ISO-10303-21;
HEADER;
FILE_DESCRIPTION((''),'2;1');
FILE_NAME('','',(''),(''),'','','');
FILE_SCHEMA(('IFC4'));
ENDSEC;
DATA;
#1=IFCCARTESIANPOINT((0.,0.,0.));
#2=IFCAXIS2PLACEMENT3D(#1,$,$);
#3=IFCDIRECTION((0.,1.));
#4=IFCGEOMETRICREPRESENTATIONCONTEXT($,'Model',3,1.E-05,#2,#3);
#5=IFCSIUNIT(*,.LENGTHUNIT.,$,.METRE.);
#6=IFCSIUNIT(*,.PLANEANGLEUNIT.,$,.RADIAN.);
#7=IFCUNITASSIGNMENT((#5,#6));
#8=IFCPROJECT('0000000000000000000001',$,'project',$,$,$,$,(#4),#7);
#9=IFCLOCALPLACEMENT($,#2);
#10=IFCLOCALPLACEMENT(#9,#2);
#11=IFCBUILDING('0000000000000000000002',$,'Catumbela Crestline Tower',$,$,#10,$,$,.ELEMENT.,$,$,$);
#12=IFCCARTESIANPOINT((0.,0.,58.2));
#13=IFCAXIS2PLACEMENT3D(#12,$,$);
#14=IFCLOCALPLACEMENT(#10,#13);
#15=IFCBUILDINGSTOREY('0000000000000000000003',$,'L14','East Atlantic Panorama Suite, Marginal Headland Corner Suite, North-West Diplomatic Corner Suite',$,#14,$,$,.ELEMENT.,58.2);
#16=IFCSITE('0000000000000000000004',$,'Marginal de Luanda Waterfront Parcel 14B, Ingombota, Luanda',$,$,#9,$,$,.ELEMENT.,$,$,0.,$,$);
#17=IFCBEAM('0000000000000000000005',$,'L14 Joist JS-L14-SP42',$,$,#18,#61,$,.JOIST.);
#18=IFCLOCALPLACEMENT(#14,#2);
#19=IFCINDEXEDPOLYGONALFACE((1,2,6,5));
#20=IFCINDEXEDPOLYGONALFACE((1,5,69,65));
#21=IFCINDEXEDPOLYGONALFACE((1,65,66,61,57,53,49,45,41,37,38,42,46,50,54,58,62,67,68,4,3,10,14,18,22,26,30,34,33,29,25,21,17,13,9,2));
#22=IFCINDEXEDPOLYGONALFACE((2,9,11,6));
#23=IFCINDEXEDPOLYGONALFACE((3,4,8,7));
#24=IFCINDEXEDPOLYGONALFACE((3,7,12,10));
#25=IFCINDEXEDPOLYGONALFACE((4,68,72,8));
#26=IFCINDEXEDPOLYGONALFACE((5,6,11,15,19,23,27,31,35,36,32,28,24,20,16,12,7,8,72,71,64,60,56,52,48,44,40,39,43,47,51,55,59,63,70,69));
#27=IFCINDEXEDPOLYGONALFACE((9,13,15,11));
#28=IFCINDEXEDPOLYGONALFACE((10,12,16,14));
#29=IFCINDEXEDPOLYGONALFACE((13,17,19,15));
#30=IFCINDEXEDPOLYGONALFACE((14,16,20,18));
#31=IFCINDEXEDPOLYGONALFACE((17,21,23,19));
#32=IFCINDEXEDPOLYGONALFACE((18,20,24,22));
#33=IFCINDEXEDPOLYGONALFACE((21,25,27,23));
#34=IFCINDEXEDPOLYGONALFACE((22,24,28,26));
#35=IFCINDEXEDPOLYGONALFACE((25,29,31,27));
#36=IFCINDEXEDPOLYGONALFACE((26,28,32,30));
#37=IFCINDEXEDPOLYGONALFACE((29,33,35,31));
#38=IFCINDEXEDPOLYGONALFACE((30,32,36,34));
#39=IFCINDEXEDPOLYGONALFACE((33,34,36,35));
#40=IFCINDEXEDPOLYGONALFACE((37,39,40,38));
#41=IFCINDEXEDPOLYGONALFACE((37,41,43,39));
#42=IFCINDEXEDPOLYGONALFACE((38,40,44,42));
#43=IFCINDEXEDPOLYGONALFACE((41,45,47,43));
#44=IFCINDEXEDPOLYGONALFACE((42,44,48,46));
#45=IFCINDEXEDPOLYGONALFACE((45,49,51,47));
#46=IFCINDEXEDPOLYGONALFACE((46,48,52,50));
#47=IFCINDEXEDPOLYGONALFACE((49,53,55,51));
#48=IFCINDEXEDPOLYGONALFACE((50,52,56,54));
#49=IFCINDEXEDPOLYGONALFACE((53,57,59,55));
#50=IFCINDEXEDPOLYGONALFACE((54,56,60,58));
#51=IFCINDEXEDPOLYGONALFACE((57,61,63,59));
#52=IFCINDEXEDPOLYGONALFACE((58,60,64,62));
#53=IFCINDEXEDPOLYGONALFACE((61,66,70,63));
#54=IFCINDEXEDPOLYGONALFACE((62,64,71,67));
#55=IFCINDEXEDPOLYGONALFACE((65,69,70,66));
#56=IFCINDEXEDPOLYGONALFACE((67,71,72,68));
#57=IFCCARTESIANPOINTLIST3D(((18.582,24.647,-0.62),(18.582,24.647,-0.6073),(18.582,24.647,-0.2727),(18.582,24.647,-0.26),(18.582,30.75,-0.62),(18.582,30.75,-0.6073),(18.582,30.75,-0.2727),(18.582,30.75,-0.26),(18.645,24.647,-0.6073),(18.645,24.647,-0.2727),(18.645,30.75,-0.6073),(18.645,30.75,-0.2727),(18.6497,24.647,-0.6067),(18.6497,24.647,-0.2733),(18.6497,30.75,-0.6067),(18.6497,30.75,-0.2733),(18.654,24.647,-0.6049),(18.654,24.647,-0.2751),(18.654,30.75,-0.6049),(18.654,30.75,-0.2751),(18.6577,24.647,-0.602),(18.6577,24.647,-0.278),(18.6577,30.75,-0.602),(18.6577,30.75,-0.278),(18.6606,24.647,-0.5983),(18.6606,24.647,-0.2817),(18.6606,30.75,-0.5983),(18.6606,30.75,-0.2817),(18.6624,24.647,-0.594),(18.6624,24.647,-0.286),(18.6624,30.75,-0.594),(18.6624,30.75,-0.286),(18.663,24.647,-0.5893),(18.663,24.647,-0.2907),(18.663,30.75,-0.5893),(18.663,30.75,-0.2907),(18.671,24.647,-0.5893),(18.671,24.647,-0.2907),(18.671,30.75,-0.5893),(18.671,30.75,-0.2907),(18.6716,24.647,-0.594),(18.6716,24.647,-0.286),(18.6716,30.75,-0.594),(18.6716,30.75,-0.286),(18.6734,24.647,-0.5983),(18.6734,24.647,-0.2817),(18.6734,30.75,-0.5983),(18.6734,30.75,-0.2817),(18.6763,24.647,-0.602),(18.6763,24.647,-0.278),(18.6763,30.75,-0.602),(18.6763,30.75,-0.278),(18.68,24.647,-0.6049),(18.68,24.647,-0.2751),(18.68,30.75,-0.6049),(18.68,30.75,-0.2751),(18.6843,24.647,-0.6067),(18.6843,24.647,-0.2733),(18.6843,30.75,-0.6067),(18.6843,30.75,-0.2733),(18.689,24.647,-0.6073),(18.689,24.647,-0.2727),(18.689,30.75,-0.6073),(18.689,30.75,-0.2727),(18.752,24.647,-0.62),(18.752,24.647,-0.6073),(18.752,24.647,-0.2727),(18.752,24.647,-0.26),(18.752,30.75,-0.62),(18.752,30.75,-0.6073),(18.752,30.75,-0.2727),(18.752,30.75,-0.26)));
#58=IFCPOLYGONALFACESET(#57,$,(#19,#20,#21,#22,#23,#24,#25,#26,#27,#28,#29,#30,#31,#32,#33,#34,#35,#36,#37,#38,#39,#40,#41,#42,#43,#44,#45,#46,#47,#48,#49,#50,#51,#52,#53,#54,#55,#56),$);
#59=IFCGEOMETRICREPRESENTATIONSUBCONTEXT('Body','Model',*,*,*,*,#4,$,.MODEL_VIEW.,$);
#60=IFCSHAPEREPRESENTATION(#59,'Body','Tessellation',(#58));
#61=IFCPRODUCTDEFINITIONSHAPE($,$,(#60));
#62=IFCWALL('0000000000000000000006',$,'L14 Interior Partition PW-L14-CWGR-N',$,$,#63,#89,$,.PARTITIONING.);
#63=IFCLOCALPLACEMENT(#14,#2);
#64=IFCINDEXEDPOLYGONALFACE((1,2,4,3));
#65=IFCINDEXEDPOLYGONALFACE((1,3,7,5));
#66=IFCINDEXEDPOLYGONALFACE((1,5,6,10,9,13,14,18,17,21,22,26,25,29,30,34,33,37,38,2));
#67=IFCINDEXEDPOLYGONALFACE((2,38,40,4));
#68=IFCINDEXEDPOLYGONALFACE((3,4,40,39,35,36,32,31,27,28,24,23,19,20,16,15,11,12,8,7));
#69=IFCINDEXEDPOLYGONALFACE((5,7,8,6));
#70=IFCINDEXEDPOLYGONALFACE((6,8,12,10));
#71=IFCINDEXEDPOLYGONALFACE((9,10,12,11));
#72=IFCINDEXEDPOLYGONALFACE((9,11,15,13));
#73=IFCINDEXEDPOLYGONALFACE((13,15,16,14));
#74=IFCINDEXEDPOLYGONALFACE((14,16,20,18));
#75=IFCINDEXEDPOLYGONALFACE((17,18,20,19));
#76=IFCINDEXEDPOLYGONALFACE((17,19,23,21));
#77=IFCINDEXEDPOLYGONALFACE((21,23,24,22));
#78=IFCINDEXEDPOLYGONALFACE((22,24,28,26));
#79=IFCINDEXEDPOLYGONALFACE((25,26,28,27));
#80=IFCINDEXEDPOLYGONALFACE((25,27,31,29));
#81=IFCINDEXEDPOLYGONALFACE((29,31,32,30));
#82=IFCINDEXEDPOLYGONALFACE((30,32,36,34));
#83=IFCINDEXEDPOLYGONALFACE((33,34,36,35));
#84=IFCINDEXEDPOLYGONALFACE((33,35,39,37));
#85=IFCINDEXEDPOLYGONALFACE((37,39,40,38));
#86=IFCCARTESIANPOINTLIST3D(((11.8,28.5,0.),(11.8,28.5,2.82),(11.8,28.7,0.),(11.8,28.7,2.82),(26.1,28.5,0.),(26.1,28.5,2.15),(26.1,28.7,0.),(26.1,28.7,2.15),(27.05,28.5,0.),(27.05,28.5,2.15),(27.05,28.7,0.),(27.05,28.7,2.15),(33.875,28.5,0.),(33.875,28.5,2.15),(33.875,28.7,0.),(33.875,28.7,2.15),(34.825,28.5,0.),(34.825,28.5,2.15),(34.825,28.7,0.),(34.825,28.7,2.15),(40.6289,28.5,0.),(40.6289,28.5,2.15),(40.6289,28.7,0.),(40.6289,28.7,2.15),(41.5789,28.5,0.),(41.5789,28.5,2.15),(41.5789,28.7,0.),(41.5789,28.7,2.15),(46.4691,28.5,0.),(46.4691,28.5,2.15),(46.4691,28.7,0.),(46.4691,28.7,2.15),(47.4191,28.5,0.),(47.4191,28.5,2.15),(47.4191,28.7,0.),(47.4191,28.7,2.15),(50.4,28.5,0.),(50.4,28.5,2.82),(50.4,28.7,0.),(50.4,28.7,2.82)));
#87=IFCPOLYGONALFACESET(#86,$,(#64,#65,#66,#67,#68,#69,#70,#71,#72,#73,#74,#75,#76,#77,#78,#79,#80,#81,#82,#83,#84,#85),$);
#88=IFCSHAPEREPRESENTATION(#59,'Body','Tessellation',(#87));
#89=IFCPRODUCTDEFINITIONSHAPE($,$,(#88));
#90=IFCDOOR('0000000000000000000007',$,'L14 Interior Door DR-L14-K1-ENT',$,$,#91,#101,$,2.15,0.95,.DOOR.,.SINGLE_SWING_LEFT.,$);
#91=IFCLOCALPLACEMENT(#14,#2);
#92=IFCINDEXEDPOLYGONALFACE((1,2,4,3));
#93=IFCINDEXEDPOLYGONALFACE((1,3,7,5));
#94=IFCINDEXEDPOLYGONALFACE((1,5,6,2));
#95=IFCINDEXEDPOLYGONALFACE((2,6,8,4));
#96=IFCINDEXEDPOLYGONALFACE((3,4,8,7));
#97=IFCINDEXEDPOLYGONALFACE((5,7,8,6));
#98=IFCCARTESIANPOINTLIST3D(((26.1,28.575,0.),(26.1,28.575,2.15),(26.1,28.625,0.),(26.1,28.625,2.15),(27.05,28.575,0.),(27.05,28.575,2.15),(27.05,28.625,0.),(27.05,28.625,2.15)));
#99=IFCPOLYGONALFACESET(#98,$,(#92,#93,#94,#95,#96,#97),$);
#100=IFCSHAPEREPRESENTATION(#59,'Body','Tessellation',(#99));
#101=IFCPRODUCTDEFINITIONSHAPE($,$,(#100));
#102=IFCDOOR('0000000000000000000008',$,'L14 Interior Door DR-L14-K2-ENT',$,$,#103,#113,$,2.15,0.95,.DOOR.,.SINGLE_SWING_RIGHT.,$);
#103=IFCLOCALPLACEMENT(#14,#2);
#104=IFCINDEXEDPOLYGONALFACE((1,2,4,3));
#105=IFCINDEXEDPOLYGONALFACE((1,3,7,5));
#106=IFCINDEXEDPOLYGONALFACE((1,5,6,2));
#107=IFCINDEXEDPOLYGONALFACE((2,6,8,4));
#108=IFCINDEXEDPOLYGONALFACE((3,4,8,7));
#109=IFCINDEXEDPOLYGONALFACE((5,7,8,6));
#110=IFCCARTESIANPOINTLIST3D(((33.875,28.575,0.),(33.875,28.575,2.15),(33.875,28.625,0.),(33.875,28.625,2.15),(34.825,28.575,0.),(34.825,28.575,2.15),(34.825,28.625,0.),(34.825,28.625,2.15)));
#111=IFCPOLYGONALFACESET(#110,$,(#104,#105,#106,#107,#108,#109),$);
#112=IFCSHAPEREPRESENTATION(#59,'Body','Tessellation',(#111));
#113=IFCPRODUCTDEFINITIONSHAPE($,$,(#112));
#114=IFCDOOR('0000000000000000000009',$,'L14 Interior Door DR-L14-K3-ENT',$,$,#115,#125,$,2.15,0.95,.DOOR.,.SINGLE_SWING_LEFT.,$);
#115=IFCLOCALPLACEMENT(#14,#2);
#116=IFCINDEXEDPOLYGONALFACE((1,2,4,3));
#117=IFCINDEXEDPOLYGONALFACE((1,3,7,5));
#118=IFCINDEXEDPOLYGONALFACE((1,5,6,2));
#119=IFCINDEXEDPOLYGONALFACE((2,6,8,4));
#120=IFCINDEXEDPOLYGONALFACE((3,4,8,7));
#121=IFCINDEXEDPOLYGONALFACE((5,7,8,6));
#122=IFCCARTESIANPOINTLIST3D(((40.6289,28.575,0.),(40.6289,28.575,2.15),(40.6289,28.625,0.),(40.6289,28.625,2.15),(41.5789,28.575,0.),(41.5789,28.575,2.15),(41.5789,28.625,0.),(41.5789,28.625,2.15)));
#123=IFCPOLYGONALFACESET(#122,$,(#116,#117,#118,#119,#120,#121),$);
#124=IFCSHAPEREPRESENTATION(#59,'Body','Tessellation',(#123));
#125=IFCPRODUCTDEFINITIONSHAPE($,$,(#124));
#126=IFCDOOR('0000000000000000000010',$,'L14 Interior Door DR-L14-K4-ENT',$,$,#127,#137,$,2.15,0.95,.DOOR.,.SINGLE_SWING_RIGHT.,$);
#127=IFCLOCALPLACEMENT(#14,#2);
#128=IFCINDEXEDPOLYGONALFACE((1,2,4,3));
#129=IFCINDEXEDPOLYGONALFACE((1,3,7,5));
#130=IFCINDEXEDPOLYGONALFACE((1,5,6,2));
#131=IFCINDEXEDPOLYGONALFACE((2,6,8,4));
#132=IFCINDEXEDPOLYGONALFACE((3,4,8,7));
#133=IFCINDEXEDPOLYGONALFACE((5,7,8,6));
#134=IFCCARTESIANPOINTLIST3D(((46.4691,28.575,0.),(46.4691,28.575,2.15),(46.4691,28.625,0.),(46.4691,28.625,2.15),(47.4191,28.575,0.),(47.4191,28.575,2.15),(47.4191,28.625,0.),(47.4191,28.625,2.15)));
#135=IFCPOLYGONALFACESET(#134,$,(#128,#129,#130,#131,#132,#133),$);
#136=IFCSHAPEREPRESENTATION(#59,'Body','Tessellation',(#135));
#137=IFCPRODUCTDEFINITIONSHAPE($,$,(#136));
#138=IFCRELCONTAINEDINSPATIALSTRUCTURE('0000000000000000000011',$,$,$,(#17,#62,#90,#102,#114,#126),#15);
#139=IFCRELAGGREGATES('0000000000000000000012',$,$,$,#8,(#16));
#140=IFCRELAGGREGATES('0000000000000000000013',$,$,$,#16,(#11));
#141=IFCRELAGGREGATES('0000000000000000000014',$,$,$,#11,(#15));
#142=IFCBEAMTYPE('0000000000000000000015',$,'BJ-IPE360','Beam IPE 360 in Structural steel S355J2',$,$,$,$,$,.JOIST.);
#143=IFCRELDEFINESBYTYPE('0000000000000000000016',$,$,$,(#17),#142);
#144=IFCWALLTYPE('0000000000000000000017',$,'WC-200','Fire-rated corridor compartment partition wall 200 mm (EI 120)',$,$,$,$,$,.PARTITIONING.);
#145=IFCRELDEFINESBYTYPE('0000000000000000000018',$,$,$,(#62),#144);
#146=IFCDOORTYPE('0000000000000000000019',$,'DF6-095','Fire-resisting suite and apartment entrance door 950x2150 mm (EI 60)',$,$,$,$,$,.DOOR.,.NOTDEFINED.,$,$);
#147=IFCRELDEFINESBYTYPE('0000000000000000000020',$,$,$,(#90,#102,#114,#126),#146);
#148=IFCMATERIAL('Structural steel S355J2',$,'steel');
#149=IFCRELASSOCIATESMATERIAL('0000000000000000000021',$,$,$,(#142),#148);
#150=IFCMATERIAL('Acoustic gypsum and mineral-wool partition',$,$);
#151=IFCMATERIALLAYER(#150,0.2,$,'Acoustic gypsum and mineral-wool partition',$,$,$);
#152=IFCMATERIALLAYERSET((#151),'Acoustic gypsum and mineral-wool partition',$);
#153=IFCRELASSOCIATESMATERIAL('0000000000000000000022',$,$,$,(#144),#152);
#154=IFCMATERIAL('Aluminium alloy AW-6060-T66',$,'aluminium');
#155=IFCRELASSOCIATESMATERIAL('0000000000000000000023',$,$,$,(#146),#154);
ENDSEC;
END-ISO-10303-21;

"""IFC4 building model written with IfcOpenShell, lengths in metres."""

from ifc_helpers import new_model, si_unit, direction, frame, frame_2d, origin, origin_2d, place, context, subcontext, project, spatial, rectangle, i_section, extrude, material, layer, layer_set, material_profile, profile_set, type_object, element, fill, save


model = new_model("IFC4")

# Units and contexts
model_context = context("Model", 3, precision=1e-05, world=origin(), true_north=direction((0.0, 1.0)))
body_context = subcontext(model_context, "Body", "Model", "MODEL_VIEW")
ifc_project = project(units=[si_unit("LENGTHUNIT", "METRE"), si_unit("PLANEANGLEUNIT", "RADIAN")], contexts=[model_context])

# Site, building, storey
site_placement = place(None, origin())
site = spatial("IfcSite", under=ifc_project, at=site_placement, Name="Marginal de Luanda Waterfront Parcel 14B, Ingombota, Luanda", CompositionType="ELEMENT", RefElevation=0.0)
building_placement = place(site_placement, origin())
building = spatial("IfcBuilding", under=site, at=building_placement, Name="Catumbela Crestline Tower", CompositionType="ELEMENT")
storey_placement = place(building_placement, frame((0.0, 0.0, 58.2)))
storey = spatial("IfcBuildingStorey", under=building, at=storey_placement, Name="L14", Description="East Atlantic Panorama Suite, Marginal Headland Corner Suite, North-West Diplomatic Corner Suite", CompositionType="ELEMENT", Elevation=58.2)

# Beam
ifc_material_1 = material(Name="Structural steel S355J2", Category="steel")
ifc_material_profile_1 = material_profile(ifc_material_1, i_section(OverallWidth=0.17, OverallDepth=0.36, WebThickness=0.008, FlangeThickness=0.0127, FilletRadius=0.018, at=origin_2d()), Name="IPE 360")
ifc_profile_set_1 = profile_set([ifc_material_profile_1], Name="Structural steel S355J2")
beam_type_1 = type_object("IfcBeamType", Name="BJ-IPE360", Description="Beam IPE 360 in Structural steel S355J2", PredefinedType="JOIST", material=ifc_profile_set_1)
beam_1_placement = place(storey_placement, frame((18.667, 24.647, -0.44), z_axis=(0.0, 1.0, 0.0), x_axis=(-1.0, 0.0, 0.0)))
element("IfcBeam", 1, at=beam_1_placement, inside=storey, type_object=beam_type_1, Name="L14 Joist JS-L14-SP42", PredefinedType="JOIST", context=body_context, shape_type="SweptSolid", body=[
    extrude(i_section(OverallWidth=0.17, OverallDepth=0.36, WebThickness=0.008, FlangeThickness=0.0127, FilletRadius=0.018, at=origin_2d()), origin(), (0.0, 0.0, 1.0), 6.103),
])

# Wall, openings, doors
ifc_material_2 = material(Name="Acoustic gypsum and mineral-wool partition")
ifc_layer_1 = layer(ifc_material_2, 0.2, Name="Acoustic gypsum and mineral-wool partition")
ifc_layer_set_1 = layer_set([ifc_layer_1], Name="Acoustic gypsum and mineral-wool partition")
wall_type_1 = type_object("IfcWallType", Name="WC-200", Description="Fire-rated corridor compartment partition wall 200 mm (EI 120)", PredefinedType="PARTITIONING", material=ifc_layer_set_1)
wall_1_placement = place(storey_placement, frame((11.8, 28.6, 0.0), z_axis=(0.0, 0.0, 1.0), x_axis=(1.0, 0.0, 0.0)))
wall_1 = element("IfcWall", 2, at=wall_1_placement, inside=storey, type_object=wall_type_1, Name="L14 Interior Partition PW-L14-CWGR-N", PredefinedType="PARTITIONING", context=body_context, shape_type="SweptSolid", body=[
    extrude(rectangle(XDim=38.6, YDim=0.2, at=frame_2d((19.3, 0.0))), origin(), (0.0, 0.0, 1.0), 2.82),
])
opening_1_placement = place(wall_1_placement, frame((14.3, 0.0, 0.0)))
opening_1 = element("IfcOpeningElement", 3, at=opening_1_placement, cuts=wall_1, PredefinedType="OPENING", context=body_context, shape_type="SweptSolid", body=[
    extrude(rectangle(XDim=0.95, YDim=2.15, at=frame_2d((0.475, 1.075))), frame((0.0, 0.11, 0.0), z_axis=(0.0, -1.0, 0.0), x_axis=(1.0, 0.0, 0.0)), (0.0, 0.0, 1.0), 0.22),
])
opening_2_placement = place(wall_1_placement, frame((22.075, 0.0, 0.0)))
opening_2 = element("IfcOpeningElement", 4, at=opening_2_placement, cuts=wall_1, PredefinedType="OPENING", context=body_context, shape_type="SweptSolid", body=[
    extrude(rectangle(XDim=0.95, YDim=2.15, at=frame_2d((0.475, 1.075))), frame((0.0, 0.11, 0.0), z_axis=(0.0, -1.0, 0.0), x_axis=(1.0, 0.0, 0.0)), (0.0, 0.0, 1.0), 0.22),
])
opening_3_placement = place(wall_1_placement, frame((28.8289, 0.0, 0.0)))
opening_3 = element("IfcOpeningElement", 5, at=opening_3_placement, cuts=wall_1, PredefinedType="OPENING", context=body_context, shape_type="SweptSolid", body=[
    extrude(rectangle(XDim=0.95, YDim=2.15, at=frame_2d((0.475, 1.075))), frame((0.0, 0.11, 0.0), z_axis=(0.0, -1.0, 0.0), x_axis=(1.0, 0.0, 0.0)), (0.0, 0.0, 1.0), 0.22),
])
opening_4_placement = place(wall_1_placement, frame((34.6691, 0.0, 0.0)))
opening_4 = element("IfcOpeningElement", 6, at=opening_4_placement, cuts=wall_1, PredefinedType="OPENING", context=body_context, shape_type="SweptSolid", body=[
    extrude(rectangle(XDim=0.95, YDim=2.15, at=frame_2d((0.475, 1.075))), frame((0.0, 0.11, 0.0), z_axis=(0.0, -1.0, 0.0), x_axis=(1.0, 0.0, 0.0)), (0.0, 0.0, 1.0), 0.22),
])
ifc_material_3 = material(Name="Aluminium alloy AW-6060-T66", Category="aluminium")
door_type_1 = type_object("IfcDoorType", Name="DF6-095", Description="Fire-resisting suite and apartment entrance door 950x2150 mm (EI 60)", OperationType="NOTDEFINED", PredefinedType="DOOR", material=ifc_material_3)
door_1_placement = place(opening_1_placement, origin())
door_1 = element("IfcDoor", 7, at=door_1_placement, inside=storey, type_object=door_type_1, Name="L14 Interior Door DR-L14-K1-ENT", OperationType="SINGLE_SWING_LEFT", OverallHeight=2.15, OverallWidth=0.95, PredefinedType="DOOR", context=body_context, shape_type="SweptSolid", body=[
    extrude(rectangle(XDim=0.95, YDim=2.15, at=frame_2d((0.475, 1.075))), frame((0.0, 0.025, 0.0), z_axis=(0.0, -1.0, 0.0), x_axis=(1.0, 0.0, 0.0)), (0.0, 0.0, 1.0), 0.05),
])
fill(opening_1, door_1)
door_2_placement = place(opening_2_placement, origin())
door_2 = element("IfcDoor", 8, at=door_2_placement, inside=storey, type_object=door_type_1, Name="L14 Interior Door DR-L14-K2-ENT", OperationType="SINGLE_SWING_RIGHT", OverallHeight=2.15, OverallWidth=0.95, PredefinedType="DOOR", context=body_context, shape_type="SweptSolid", body=[
    extrude(rectangle(XDim=0.95, YDim=2.15, at=frame_2d((0.475, 1.075))), frame((0.0, 0.025, 0.0), z_axis=(0.0, -1.0, 0.0), x_axis=(1.0, 0.0, 0.0)), (0.0, 0.0, 1.0), 0.05),
])
fill(opening_2, door_2)
door_3_placement = place(opening_3_placement, origin())
door_3 = element("IfcDoor", 9, at=door_3_placement, inside=storey, type_object=door_type_1, Name="L14 Interior Door DR-L14-K3-ENT", OperationType="SINGLE_SWING_LEFT", OverallHeight=2.15, OverallWidth=0.95, PredefinedType="DOOR", context=body_context, shape_type="SweptSolid", body=[
    extrude(rectangle(XDim=0.95, YDim=2.15, at=frame_2d((0.475, 1.075))), frame((0.0, 0.025, 0.0), z_axis=(0.0, -1.0, 0.0), x_axis=(1.0, 0.0, 0.0)), (0.0, 0.0, 1.0), 0.05),
])
fill(opening_3, door_3)
door_4_placement = place(opening_4_placement, origin())
door_4 = element("IfcDoor", 10, at=door_4_placement, inside=storey, type_object=door_type_1, Name="L14 Interior Door DR-L14-K4-ENT", OperationType="SINGLE_SWING_RIGHT", OverallHeight=2.15, OverallWidth=0.95, PredefinedType="DOOR", context=body_context, shape_type="SweptSolid", body=[
    extrude(rectangle(XDim=0.95, YDim=2.15, at=frame_2d((0.475, 1.075))), frame((0.0, 0.025, 0.0), z_axis=(0.0, -1.0, 0.0), x_axis=(1.0, 0.0, 0.0)), (0.0, 0.0, 1.0), 0.05),
])
fill(opening_4, door_4)

save(model, "model.ifc")
